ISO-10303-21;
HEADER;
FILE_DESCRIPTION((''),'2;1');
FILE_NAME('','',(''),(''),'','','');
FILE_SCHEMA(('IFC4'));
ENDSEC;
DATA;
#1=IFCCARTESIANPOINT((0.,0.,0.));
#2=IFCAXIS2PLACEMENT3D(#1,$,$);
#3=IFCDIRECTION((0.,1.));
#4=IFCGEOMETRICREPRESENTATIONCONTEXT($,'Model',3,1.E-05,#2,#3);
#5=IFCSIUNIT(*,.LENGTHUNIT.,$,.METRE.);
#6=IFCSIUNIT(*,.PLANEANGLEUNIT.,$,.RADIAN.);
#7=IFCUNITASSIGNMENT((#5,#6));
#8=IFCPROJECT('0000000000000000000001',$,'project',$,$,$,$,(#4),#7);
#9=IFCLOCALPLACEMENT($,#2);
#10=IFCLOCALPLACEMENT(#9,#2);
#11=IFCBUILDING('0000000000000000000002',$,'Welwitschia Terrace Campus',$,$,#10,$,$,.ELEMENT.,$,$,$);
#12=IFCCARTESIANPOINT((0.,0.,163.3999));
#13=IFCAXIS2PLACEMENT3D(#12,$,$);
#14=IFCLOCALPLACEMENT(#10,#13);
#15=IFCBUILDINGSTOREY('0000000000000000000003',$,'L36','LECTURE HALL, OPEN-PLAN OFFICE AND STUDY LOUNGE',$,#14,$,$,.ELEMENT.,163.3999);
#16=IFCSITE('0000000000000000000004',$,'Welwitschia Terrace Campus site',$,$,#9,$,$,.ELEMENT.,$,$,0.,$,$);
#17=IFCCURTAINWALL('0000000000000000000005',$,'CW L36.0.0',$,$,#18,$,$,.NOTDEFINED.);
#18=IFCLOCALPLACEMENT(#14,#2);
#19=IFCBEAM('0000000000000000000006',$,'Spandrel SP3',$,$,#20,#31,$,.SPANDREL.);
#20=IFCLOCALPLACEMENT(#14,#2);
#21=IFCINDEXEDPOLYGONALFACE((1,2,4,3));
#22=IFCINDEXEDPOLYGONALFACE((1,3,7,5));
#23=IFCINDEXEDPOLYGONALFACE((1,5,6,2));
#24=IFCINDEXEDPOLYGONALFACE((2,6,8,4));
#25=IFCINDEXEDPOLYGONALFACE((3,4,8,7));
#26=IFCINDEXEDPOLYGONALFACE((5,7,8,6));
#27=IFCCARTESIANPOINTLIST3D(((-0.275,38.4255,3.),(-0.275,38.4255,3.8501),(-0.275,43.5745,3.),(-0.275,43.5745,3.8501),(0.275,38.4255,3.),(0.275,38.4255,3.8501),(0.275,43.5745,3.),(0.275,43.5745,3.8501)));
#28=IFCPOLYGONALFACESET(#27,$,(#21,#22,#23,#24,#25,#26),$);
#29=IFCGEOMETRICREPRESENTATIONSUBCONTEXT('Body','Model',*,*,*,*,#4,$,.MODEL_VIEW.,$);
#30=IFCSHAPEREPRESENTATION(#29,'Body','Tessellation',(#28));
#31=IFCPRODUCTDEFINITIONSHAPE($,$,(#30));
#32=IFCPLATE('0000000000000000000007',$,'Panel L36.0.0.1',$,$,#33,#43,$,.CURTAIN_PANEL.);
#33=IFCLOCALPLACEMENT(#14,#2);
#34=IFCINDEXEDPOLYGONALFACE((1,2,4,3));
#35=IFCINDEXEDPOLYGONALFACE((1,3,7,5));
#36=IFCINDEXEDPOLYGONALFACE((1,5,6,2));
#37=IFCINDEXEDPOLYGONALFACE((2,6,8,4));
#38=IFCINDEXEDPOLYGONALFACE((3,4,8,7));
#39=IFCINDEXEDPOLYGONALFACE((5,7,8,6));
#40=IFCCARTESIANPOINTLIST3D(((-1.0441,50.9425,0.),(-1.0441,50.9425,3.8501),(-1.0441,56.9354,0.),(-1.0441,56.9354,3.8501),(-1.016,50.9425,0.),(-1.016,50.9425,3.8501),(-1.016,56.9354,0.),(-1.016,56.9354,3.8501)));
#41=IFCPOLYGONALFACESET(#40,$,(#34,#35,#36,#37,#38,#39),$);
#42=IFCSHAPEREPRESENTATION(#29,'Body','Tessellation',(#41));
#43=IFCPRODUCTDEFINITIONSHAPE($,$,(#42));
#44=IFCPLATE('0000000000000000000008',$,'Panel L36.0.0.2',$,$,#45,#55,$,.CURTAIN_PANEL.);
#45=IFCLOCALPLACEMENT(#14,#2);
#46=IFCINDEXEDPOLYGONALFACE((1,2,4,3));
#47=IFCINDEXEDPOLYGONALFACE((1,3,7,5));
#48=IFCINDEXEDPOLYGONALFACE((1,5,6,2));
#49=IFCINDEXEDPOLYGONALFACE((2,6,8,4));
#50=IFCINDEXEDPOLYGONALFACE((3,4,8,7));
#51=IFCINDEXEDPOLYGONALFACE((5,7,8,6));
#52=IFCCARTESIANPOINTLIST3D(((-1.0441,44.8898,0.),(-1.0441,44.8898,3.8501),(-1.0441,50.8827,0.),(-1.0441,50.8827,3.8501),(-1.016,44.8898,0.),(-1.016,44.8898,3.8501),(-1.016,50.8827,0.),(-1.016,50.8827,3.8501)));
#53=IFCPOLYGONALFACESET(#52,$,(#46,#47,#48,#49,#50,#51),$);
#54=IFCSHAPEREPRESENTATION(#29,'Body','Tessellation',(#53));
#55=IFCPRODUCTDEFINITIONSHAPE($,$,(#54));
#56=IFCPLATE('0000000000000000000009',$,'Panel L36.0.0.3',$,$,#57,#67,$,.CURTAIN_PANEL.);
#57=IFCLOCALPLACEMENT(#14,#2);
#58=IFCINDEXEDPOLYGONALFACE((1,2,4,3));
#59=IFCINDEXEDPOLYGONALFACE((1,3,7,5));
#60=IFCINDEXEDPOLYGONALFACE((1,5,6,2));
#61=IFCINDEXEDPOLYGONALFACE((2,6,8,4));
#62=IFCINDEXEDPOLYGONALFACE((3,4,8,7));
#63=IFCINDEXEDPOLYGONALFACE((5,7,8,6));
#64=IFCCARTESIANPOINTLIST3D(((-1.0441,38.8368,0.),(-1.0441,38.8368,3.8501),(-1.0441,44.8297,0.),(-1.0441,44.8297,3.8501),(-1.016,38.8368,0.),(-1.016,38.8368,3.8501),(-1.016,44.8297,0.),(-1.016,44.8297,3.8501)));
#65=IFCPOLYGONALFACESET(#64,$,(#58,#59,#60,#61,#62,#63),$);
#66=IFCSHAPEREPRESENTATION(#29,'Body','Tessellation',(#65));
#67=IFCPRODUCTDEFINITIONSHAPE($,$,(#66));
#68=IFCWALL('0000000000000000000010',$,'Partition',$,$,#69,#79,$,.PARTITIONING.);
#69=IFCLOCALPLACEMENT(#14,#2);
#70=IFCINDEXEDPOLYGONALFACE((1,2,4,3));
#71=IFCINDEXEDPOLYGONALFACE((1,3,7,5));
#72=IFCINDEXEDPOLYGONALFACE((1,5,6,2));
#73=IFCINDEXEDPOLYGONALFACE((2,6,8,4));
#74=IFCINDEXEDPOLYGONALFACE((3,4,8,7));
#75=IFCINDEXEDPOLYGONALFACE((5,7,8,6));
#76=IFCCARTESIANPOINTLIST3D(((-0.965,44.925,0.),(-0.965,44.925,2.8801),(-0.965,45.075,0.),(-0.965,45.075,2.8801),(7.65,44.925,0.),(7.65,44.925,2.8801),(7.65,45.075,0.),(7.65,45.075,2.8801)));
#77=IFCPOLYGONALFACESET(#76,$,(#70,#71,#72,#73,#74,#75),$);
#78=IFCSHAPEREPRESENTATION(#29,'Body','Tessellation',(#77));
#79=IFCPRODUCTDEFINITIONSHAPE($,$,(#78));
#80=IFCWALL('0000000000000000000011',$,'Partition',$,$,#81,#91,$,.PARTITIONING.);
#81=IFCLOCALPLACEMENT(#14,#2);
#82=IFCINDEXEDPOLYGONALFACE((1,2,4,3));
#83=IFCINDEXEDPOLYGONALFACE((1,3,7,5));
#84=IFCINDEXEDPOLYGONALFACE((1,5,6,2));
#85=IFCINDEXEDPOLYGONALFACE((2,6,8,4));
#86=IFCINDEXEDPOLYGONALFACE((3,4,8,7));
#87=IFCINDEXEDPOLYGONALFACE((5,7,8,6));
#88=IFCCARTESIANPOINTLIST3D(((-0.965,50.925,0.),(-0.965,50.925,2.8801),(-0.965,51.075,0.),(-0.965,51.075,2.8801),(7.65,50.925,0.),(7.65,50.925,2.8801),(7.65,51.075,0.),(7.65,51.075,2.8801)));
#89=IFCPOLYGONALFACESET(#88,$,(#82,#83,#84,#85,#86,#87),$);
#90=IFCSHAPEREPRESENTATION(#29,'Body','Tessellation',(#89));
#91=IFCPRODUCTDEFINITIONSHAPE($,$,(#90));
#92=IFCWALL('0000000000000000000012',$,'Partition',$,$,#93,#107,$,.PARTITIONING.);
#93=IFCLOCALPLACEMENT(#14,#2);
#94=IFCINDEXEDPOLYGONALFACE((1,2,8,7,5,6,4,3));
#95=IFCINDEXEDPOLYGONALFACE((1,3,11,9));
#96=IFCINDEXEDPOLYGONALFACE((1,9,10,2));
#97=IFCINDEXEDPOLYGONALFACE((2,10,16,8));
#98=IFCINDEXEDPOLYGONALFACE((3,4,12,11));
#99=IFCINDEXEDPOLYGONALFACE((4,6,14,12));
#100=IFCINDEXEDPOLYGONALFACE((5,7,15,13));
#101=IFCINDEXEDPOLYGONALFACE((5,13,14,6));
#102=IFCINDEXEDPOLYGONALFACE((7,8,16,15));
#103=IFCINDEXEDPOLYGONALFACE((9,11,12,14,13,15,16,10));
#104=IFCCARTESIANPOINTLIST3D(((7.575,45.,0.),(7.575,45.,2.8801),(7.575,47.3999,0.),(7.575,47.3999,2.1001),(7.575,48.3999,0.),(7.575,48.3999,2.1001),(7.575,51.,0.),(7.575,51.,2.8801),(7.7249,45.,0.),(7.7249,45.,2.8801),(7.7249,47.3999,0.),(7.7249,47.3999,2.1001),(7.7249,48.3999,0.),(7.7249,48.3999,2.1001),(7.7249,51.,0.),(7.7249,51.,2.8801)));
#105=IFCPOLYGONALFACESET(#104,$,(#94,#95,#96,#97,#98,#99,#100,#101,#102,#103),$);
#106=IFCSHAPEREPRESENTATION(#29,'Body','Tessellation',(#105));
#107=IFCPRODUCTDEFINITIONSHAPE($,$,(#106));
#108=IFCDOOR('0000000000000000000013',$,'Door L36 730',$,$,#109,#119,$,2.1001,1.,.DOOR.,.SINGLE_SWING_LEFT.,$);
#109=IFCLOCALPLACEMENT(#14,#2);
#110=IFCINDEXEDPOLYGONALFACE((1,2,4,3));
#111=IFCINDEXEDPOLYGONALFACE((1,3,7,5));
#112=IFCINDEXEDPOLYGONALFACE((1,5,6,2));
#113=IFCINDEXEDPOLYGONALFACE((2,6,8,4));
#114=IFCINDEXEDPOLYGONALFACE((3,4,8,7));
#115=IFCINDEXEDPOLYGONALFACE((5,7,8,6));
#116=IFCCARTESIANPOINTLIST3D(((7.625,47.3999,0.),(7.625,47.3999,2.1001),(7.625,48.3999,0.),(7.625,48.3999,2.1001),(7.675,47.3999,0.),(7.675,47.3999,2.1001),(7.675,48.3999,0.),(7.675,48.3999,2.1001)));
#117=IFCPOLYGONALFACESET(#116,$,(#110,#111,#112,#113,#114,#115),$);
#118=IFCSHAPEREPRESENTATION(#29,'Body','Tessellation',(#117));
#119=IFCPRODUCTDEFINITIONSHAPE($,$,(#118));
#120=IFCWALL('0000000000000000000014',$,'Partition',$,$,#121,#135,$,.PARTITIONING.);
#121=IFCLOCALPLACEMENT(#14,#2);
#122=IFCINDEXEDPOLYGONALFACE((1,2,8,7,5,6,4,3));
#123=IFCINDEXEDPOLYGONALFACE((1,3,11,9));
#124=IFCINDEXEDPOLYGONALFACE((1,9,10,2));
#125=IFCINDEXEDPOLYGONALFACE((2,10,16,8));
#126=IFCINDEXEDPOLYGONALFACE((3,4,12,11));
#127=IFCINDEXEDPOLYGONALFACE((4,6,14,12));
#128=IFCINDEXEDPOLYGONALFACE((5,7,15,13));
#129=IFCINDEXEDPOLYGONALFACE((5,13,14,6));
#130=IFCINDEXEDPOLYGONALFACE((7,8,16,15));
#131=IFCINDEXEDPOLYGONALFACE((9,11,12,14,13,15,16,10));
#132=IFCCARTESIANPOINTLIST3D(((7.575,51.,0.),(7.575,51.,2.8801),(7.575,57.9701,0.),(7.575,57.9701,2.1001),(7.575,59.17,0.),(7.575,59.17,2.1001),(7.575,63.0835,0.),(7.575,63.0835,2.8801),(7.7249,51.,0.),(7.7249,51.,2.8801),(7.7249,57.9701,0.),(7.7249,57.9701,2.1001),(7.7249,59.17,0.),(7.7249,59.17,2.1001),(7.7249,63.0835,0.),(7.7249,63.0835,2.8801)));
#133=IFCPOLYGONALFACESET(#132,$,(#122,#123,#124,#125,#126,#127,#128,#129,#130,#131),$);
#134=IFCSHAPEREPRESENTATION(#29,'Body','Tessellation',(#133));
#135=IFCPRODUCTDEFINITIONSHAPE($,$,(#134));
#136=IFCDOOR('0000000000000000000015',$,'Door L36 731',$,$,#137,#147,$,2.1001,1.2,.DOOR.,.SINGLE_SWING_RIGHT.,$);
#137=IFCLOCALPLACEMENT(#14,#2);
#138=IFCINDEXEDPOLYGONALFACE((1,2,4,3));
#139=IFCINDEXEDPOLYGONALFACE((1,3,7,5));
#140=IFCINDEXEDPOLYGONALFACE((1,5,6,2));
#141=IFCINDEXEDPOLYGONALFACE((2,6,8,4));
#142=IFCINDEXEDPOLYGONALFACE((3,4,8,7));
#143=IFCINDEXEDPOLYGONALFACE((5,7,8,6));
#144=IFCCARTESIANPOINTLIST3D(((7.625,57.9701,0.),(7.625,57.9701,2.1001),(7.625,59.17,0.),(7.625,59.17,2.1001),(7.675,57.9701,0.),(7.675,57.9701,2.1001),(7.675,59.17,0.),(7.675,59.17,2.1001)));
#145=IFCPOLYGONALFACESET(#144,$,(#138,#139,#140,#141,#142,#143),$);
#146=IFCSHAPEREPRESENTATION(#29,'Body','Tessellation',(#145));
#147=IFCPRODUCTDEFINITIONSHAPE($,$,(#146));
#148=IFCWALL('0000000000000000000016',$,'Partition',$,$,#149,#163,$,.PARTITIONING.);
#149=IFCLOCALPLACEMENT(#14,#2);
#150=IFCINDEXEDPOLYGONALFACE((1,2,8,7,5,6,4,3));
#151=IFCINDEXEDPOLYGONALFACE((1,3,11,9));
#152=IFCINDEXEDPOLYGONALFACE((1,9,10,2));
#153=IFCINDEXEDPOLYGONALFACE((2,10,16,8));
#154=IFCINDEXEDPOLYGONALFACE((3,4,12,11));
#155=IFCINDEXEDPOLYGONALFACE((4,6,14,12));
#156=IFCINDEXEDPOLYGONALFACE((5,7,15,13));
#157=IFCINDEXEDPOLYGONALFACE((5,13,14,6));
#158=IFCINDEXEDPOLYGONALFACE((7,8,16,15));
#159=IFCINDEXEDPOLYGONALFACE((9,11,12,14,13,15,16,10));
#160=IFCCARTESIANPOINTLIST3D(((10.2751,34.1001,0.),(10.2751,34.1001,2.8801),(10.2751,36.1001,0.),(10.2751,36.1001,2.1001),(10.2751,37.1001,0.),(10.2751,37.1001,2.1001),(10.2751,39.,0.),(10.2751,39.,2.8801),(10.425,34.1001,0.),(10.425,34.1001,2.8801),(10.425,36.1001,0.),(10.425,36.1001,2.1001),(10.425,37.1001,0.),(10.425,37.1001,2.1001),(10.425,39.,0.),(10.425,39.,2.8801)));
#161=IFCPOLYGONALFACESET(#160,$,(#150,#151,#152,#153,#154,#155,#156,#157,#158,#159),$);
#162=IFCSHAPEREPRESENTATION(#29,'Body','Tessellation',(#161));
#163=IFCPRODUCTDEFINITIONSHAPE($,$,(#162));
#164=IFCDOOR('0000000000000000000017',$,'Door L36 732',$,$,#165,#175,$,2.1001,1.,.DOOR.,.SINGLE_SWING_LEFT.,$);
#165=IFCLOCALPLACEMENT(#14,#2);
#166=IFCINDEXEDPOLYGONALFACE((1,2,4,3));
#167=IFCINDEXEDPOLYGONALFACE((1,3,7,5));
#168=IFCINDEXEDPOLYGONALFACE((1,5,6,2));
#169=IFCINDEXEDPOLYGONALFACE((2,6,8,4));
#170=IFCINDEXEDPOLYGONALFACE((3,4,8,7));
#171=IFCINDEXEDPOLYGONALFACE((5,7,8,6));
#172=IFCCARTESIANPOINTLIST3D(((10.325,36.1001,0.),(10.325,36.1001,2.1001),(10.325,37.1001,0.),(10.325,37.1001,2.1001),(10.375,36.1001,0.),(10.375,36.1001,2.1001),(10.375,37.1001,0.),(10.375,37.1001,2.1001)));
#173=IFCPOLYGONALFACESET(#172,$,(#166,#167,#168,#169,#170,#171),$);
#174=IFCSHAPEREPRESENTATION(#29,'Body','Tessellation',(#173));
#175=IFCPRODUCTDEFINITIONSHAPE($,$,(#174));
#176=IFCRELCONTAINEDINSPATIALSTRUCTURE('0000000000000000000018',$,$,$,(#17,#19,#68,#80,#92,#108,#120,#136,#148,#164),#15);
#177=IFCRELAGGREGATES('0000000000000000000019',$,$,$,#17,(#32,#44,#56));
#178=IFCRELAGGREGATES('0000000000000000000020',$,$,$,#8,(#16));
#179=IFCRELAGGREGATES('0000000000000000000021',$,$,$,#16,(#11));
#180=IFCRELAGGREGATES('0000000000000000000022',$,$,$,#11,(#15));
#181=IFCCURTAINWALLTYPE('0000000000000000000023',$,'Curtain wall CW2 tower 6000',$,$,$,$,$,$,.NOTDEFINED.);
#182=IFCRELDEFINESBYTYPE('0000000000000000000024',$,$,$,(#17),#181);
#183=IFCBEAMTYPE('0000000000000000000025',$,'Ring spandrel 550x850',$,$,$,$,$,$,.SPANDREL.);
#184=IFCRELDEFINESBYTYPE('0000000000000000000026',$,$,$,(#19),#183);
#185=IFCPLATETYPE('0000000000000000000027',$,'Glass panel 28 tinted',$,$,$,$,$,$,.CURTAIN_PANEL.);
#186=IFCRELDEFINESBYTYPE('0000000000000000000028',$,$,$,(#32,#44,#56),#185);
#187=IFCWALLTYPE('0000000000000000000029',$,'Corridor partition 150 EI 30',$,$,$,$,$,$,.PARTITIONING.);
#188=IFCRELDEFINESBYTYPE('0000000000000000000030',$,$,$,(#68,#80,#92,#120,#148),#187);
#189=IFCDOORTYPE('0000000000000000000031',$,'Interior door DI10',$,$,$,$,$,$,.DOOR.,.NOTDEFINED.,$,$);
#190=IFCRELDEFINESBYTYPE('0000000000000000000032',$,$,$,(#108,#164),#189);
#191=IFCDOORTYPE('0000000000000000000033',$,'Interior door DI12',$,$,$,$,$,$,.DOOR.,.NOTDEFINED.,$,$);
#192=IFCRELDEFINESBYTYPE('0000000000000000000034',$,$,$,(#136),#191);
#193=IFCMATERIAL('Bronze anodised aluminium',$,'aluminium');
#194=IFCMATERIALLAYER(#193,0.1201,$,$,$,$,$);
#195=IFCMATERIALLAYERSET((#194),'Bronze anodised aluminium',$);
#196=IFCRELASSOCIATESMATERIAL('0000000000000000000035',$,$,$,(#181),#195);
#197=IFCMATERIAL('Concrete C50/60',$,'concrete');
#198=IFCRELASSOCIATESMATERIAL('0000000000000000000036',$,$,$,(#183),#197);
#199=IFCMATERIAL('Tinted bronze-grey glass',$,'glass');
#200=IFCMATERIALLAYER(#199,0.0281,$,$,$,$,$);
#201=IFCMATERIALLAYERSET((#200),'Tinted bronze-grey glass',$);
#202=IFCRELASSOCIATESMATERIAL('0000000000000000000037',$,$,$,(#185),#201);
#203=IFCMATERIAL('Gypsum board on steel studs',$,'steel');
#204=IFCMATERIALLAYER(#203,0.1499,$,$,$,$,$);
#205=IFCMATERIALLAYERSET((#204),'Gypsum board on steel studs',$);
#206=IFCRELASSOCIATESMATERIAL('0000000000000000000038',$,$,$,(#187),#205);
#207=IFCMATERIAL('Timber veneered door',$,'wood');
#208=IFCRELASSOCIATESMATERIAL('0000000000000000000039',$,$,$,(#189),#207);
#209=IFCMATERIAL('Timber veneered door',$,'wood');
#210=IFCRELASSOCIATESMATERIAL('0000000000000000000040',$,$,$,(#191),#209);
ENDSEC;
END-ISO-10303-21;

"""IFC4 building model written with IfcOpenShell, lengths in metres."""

from ifc_helpers import new_model, si_unit, direction, frame, frame_2d, origin, origin_2d, place, context, subcontext, project, spatial, rectangle, extrude, material, layer, layer_set, material_profile, profile_set, type_object, element, fill, aggregate, save


model = new_model("IFC4")

# Units and contexts
model_context = context("Model", 3, precision=1e-05, world=origin(), true_north=direction((0.0, 1.0)))
body_context = subcontext(model_context, "Body", "Model", "MODEL_VIEW")
ifc_project = project(units=[si_unit("LENGTHUNIT", "METRE"), si_unit("PLANEANGLEUNIT", "RADIAN")], contexts=[model_context])

# Site, building, storey
site_placement = place(None, origin())
site = spatial("IfcSite", under=ifc_project, at=site_placement, Name="Welwitschia Terrace Campus site", CompositionType="ELEMENT", RefElevation=0.0)
building_placement = place(site_placement, origin())
building = spatial("IfcBuilding", under=site, at=building_placement, Name="Welwitschia Terrace Campus", CompositionType="ELEMENT")
storey_placement = place(building_placement, frame((0.0, 0.0, 163.3999)))
storey = spatial("IfcBuildingStorey", under=building, at=storey_placement, Name="L36", Description="LECTURE HALL, OPEN-PLAN OFFICE AND STUDY LOUNGE", CompositionType="ELEMENT", Elevation=163.3999)

# Curtain wall
ifc_material_1 = material(Name="Bronze anodised aluminium", Category="aluminium")
ifc_layer_1 = layer(ifc_material_1, 0.1201)
ifc_layer_set_1 = layer_set([ifc_layer_1], Name="Bronze anodised aluminium")
curtain_wall_type = type_object("IfcCurtainWallType", Name="Curtain wall CW2 tower 6000", PredefinedType="NOTDEFINED", material=ifc_layer_set_1)
curtain_wall_placement = place(storey_placement, origin())
curtain_wall = element("IfcCurtainWall", 1, at=curtain_wall_placement, inside=storey, type_object=curtain_wall_type, Name="CW L36.0.0", PredefinedType="NOTDEFINED")

# Beam
ifc_material_2 = material(Name="Concrete C50/60", Category="concrete")
ifc_material_profile_1 = material_profile(ifc_material_2, rectangle(XDim=0.55, YDim=0.8501, at=origin_2d()))
ifc_profile_set_1 = profile_set([ifc_material_profile_1], Name="Concrete C50/60")
beam_type_1 = type_object("IfcBeamType", Name="Ring spandrel 550x850", PredefinedType="SPANDREL", material=ifc_profile_set_1)
for number, where, z_axis, x_axis, name in (
    (2, (0.0, 43.5745, 3.425), (0.0, -1.0, 0.0), (1.0, 0.0, 0.0), "Spandrel SP3"),
):
    element("IfcBeam", number, at=place(storey_placement, frame(where, z_axis=z_axis, x_axis=x_axis)), inside=storey, type_object=beam_type_1, Name=name, PredefinedType="SPANDREL", context=body_context, shape_type="SweptSolid", body=[
        extrude(rectangle(XDim=0.55, YDim=0.8501, at=origin_2d()), origin(), (0.0, 0.0, 1.0), 5.1489),
    ])

# Plates
ifc_material_3 = material(Name="Tinted bronze-grey glass", Category="glass")
ifc_layer_2 = layer(ifc_material_3, 0.0281)
ifc_layer_set_2 = layer_set([ifc_layer_2], Name="Tinted bronze-grey glass")
plate_type = type_object("IfcPlateType", Name="Glass panel 28 tinted", PredefinedType="CURTAIN_PANEL", material=ifc_layer_set_2)
plate_1_placement = place(storey_placement, frame((-1.03, 53.939, 0.0), z_axis=(0.0, 0.0, 1.0), x_axis=(0.0, -1.0, 0.0)))
plate_1 = element("IfcPlate", 3, at=plate_1_placement, type_object=plate_type, Name="Panel L36.0.0.1", PredefinedType="CURTAIN_PANEL", context=body_context, shape_type="SweptSolid", body=[
    extrude(rectangle(XDim=5.9929, YDim=0.0281, at=origin_2d()), origin(), (0.0, 0.0, 1.0), 3.8501),
])
plate_2_placement = place(storey_placement, frame((-1.03, 47.8862, 0.0), z_axis=(0.0, 0.0, 1.0), x_axis=(0.0, -1.0, 0.0)))
plate_2 = element("IfcPlate", 4, at=plate_2_placement, type_object=plate_type, Name="Panel L36.0.0.2", PredefinedType="CURTAIN_PANEL", context=body_context, shape_type="SweptSolid", body=[
    extrude(rectangle(XDim=5.9929, YDim=0.0281, at=origin_2d()), origin(), (0.0, 0.0, 1.0), 3.8501),
])
plate_3_placement = place(storey_placement, frame((-1.03, 41.8333, 0.0), z_axis=(0.0, 0.0, 1.0), x_axis=(0.0, -1.0, 0.0)))
plate_3 = element("IfcPlate", 5, at=plate_3_placement, type_object=plate_type, Name="Panel L36.0.0.3", PredefinedType="CURTAIN_PANEL", context=body_context, shape_type="SweptSolid", body=[
    extrude(rectangle(XDim=5.9929, YDim=0.0281, at=origin_2d()), origin(), (0.0, 0.0, 1.0), 3.8501),
])
aggregate(curtain_wall, [plate_1, plate_2, plate_3])

# Walls
ifc_material_4 = material(Name="Gypsum board on steel studs", Category="steel")
ifc_layer_3 = layer(ifc_material_4, 0.1499)
ifc_layer_set_3 = layer_set([ifc_layer_3], Name="Gypsum board on steel studs")
wall_type = type_object("IfcWallType", Name="Corridor partition 150 EI 30", PredefinedType="PARTITIONING", material=ifc_layer_set_3)
for number, where, z_axis, x_axis, name in (
    (6, (-0.9651, 45.0, 0.0), (0.0, 0.0, 1.0), (1.0, 0.0, 0.0), "Partition"),
    (7, (-0.9651, 51.0, 0.0), (0.0, 0.0, 1.0), (1.0, 0.0, 0.0), "Partition"),
):
    element("IfcWall", number, at=place(storey_placement, frame(where, z_axis=z_axis, x_axis=x_axis)), inside=storey, type_object=wall_type, Name=name, PredefinedType="PARTITIONING", context=body_context, shape_type="SweptSolid", body=[
        extrude(rectangle(XDim=8.615, YDim=0.1499, at=frame_2d((4.3076, 0.0))), origin(), (0.0, 0.0, 1.0), 2.8801),
    ])

# Walls, openings, doors
wall_1_placement = place(storey_placement, frame((7.6499, 45.0, 0.0), z_axis=(0.0, 0.0, 1.0), x_axis=(0.0, 1.0, 0.0)))
wall_1 = element("IfcWall", 8, at=wall_1_placement, inside=storey, type_object=wall_type, Name="Partition", PredefinedType="PARTITIONING", context=body_context, shape_type="SweptSolid", body=[
    extrude(rectangle(XDim=6.0, YDim=0.1499, at=frame_2d((3.0, 0.0))), origin(), (0.0, 0.0, 1.0), 2.8801),
])
opening_1_placement = place(wall_1_placement, frame((2.3999, 0.0, 0.0)))
opening_1 = element("IfcOpeningElement", 9, at=opening_1_placement, cuts=wall_1, PredefinedType="OPENING", context=body_context, shape_type="SweptSolid", body=[
    extrude(rectangle(XDim=1.0, YDim=2.1001, at=frame_2d((0.5, 1.05))), frame((0.0, 0.085, 0.0), z_axis=(0.0, -1.0, 0.0), x_axis=(1.0, 0.0, 0.0)), (0.0, 0.0, 1.0), 0.1699),
])
ifc_material_5 = material(Name="Timber veneered door", Category="wood")
door_type_1 = type_object("IfcDoorType", Name="Interior door DI10", OperationType="NOTDEFINED", PredefinedType="DOOR", material=ifc_material_5)
door_1_placement = place(opening_1_placement, origin())
door_1 = element("IfcDoor", 10, at=door_1_placement, inside=storey, type_object=door_type_1, Name="Door L36 730", OperationType="SINGLE_SWING_LEFT", OverallHeight=2.1001, OverallWidth=1.0, PredefinedType="DOOR", context=body_context, shape_type="SweptSolid", body=[
    extrude(rectangle(XDim=1.0, YDim=2.1001, at=frame_2d((0.5, 1.05))), frame((0.0, 0.0249, 0.0), z_axis=(0.0, -1.0, 0.0), x_axis=(1.0, 0.0, 0.0)), (0.0, 0.0, 1.0), 0.05),
])
fill(opening_1, door_1)
wall_2_placement = place(storey_placement, frame((7.6499, 51.0, 0.0), z_axis=(0.0, 0.0, 1.0), x_axis=(0.0, 1.0, 0.0)))
wall_2 = element("IfcWall", 11, at=wall_2_placement, inside=storey, type_object=wall_type, Name="Partition", PredefinedType="PARTITIONING", context=body_context, shape_type="SweptSolid", body=[
    extrude(rectangle(XDim=12.0835, YDim=0.1499, at=frame_2d((6.0417, 0.0))), origin(), (0.0, 0.0, 1.0), 2.8801),
])
opening_2_placement = place(wall_2_placement, frame((6.97, 0.0, 0.0)))
opening_2 = element("IfcOpeningElement", 12, at=opening_2_placement, cuts=wall_2, PredefinedType="OPENING", context=body_context, shape_type="SweptSolid", body=[
    extrude(rectangle(XDim=1.2, YDim=2.1001, at=frame_2d((0.6001, 1.05))), frame((0.0, 0.085, 0.0), z_axis=(0.0, -1.0, 0.0), x_axis=(1.0, 0.0, 0.0)), (0.0, 0.0, 1.0), 0.1699),
])
ifc_material_6 = material(Name="Timber veneered door", Category="wood")
door_type_2 = type_object("IfcDoorType", Name="Interior door DI12", OperationType="NOTDEFINED", PredefinedType="DOOR", material=ifc_material_6)
door_2_placement = place(opening_2_placement, origin())
door_2 = element("IfcDoor", 13, at=door_2_placement, inside=storey, type_object=door_type_2, Name="Door L36 731", OperationType="SINGLE_SWING_RIGHT", OverallHeight=2.1001, OverallWidth=1.2, PredefinedType="DOOR", context=body_context, shape_type="SweptSolid", body=[
    extrude(rectangle(XDim=1.2, YDim=2.1001, at=frame_2d((0.6001, 1.05))), frame((0.0, 0.0249, 0.0), z_axis=(0.0, -1.0, 0.0), x_axis=(1.0, 0.0, 0.0)), (0.0, 0.0, 1.0), 0.05),
])
fill(opening_2, door_2)
wall_3_placement = place(storey_placement, frame((10.3501, 39.0, 0.0), z_axis=(0.0, 0.0, 1.0), x_axis=(0.0, -1.0, 0.0)))
wall_3 = element("IfcWall", 14, at=wall_3_placement, inside=storey, type_object=wall_type, Name="Partition", PredefinedType="PARTITIONING", context=body_context, shape_type="SweptSolid", body=[
    extrude(rectangle(XDim=4.8999, YDim=0.1499, at=frame_2d((2.45, 0.0))), origin(), (0.0, 0.0, 1.0), 2.8801),
])
opening_3_placement = place(wall_3_placement, frame((1.8999, 0.0, 0.0)))
opening_3 = element("IfcOpeningElement", 15, at=opening_3_placement, cuts=wall_3, PredefinedType="OPENING", context=body_context, shape_type="SweptSolid", body=[
    extrude(rectangle(XDim=1.0, YDim=2.1001, at=frame_2d((0.5, 1.05))), frame((0.0, 0.085, 0.0), z_axis=(0.0, -1.0, 0.0), x_axis=(1.0, 0.0, 0.0)), (0.0, 0.0, 1.0), 0.1699),
])
door_3_placement = place(opening_3_placement, origin())
door_3 = element("IfcDoor", 16, at=door_3_placement, inside=storey, type_object=door_type_1, Name="Door L36 732", OperationType="SINGLE_SWING_LEFT", OverallHeight=2.1001, OverallWidth=1.0, PredefinedType="DOOR", context=body_context, shape_type="SweptSolid", body=[
    extrude(rectangle(XDim=1.0, YDim=2.1001, at=frame_2d((0.5, 1.05))), frame((0.0, 0.0249, 0.0), z_axis=(0.0, -1.0, 0.0), x_axis=(1.0, 0.0, 0.0)), (0.0, 0.0, 1.0), 0.05),
])
fill(opening_3, door_3)

save(model, "model.ifc")
